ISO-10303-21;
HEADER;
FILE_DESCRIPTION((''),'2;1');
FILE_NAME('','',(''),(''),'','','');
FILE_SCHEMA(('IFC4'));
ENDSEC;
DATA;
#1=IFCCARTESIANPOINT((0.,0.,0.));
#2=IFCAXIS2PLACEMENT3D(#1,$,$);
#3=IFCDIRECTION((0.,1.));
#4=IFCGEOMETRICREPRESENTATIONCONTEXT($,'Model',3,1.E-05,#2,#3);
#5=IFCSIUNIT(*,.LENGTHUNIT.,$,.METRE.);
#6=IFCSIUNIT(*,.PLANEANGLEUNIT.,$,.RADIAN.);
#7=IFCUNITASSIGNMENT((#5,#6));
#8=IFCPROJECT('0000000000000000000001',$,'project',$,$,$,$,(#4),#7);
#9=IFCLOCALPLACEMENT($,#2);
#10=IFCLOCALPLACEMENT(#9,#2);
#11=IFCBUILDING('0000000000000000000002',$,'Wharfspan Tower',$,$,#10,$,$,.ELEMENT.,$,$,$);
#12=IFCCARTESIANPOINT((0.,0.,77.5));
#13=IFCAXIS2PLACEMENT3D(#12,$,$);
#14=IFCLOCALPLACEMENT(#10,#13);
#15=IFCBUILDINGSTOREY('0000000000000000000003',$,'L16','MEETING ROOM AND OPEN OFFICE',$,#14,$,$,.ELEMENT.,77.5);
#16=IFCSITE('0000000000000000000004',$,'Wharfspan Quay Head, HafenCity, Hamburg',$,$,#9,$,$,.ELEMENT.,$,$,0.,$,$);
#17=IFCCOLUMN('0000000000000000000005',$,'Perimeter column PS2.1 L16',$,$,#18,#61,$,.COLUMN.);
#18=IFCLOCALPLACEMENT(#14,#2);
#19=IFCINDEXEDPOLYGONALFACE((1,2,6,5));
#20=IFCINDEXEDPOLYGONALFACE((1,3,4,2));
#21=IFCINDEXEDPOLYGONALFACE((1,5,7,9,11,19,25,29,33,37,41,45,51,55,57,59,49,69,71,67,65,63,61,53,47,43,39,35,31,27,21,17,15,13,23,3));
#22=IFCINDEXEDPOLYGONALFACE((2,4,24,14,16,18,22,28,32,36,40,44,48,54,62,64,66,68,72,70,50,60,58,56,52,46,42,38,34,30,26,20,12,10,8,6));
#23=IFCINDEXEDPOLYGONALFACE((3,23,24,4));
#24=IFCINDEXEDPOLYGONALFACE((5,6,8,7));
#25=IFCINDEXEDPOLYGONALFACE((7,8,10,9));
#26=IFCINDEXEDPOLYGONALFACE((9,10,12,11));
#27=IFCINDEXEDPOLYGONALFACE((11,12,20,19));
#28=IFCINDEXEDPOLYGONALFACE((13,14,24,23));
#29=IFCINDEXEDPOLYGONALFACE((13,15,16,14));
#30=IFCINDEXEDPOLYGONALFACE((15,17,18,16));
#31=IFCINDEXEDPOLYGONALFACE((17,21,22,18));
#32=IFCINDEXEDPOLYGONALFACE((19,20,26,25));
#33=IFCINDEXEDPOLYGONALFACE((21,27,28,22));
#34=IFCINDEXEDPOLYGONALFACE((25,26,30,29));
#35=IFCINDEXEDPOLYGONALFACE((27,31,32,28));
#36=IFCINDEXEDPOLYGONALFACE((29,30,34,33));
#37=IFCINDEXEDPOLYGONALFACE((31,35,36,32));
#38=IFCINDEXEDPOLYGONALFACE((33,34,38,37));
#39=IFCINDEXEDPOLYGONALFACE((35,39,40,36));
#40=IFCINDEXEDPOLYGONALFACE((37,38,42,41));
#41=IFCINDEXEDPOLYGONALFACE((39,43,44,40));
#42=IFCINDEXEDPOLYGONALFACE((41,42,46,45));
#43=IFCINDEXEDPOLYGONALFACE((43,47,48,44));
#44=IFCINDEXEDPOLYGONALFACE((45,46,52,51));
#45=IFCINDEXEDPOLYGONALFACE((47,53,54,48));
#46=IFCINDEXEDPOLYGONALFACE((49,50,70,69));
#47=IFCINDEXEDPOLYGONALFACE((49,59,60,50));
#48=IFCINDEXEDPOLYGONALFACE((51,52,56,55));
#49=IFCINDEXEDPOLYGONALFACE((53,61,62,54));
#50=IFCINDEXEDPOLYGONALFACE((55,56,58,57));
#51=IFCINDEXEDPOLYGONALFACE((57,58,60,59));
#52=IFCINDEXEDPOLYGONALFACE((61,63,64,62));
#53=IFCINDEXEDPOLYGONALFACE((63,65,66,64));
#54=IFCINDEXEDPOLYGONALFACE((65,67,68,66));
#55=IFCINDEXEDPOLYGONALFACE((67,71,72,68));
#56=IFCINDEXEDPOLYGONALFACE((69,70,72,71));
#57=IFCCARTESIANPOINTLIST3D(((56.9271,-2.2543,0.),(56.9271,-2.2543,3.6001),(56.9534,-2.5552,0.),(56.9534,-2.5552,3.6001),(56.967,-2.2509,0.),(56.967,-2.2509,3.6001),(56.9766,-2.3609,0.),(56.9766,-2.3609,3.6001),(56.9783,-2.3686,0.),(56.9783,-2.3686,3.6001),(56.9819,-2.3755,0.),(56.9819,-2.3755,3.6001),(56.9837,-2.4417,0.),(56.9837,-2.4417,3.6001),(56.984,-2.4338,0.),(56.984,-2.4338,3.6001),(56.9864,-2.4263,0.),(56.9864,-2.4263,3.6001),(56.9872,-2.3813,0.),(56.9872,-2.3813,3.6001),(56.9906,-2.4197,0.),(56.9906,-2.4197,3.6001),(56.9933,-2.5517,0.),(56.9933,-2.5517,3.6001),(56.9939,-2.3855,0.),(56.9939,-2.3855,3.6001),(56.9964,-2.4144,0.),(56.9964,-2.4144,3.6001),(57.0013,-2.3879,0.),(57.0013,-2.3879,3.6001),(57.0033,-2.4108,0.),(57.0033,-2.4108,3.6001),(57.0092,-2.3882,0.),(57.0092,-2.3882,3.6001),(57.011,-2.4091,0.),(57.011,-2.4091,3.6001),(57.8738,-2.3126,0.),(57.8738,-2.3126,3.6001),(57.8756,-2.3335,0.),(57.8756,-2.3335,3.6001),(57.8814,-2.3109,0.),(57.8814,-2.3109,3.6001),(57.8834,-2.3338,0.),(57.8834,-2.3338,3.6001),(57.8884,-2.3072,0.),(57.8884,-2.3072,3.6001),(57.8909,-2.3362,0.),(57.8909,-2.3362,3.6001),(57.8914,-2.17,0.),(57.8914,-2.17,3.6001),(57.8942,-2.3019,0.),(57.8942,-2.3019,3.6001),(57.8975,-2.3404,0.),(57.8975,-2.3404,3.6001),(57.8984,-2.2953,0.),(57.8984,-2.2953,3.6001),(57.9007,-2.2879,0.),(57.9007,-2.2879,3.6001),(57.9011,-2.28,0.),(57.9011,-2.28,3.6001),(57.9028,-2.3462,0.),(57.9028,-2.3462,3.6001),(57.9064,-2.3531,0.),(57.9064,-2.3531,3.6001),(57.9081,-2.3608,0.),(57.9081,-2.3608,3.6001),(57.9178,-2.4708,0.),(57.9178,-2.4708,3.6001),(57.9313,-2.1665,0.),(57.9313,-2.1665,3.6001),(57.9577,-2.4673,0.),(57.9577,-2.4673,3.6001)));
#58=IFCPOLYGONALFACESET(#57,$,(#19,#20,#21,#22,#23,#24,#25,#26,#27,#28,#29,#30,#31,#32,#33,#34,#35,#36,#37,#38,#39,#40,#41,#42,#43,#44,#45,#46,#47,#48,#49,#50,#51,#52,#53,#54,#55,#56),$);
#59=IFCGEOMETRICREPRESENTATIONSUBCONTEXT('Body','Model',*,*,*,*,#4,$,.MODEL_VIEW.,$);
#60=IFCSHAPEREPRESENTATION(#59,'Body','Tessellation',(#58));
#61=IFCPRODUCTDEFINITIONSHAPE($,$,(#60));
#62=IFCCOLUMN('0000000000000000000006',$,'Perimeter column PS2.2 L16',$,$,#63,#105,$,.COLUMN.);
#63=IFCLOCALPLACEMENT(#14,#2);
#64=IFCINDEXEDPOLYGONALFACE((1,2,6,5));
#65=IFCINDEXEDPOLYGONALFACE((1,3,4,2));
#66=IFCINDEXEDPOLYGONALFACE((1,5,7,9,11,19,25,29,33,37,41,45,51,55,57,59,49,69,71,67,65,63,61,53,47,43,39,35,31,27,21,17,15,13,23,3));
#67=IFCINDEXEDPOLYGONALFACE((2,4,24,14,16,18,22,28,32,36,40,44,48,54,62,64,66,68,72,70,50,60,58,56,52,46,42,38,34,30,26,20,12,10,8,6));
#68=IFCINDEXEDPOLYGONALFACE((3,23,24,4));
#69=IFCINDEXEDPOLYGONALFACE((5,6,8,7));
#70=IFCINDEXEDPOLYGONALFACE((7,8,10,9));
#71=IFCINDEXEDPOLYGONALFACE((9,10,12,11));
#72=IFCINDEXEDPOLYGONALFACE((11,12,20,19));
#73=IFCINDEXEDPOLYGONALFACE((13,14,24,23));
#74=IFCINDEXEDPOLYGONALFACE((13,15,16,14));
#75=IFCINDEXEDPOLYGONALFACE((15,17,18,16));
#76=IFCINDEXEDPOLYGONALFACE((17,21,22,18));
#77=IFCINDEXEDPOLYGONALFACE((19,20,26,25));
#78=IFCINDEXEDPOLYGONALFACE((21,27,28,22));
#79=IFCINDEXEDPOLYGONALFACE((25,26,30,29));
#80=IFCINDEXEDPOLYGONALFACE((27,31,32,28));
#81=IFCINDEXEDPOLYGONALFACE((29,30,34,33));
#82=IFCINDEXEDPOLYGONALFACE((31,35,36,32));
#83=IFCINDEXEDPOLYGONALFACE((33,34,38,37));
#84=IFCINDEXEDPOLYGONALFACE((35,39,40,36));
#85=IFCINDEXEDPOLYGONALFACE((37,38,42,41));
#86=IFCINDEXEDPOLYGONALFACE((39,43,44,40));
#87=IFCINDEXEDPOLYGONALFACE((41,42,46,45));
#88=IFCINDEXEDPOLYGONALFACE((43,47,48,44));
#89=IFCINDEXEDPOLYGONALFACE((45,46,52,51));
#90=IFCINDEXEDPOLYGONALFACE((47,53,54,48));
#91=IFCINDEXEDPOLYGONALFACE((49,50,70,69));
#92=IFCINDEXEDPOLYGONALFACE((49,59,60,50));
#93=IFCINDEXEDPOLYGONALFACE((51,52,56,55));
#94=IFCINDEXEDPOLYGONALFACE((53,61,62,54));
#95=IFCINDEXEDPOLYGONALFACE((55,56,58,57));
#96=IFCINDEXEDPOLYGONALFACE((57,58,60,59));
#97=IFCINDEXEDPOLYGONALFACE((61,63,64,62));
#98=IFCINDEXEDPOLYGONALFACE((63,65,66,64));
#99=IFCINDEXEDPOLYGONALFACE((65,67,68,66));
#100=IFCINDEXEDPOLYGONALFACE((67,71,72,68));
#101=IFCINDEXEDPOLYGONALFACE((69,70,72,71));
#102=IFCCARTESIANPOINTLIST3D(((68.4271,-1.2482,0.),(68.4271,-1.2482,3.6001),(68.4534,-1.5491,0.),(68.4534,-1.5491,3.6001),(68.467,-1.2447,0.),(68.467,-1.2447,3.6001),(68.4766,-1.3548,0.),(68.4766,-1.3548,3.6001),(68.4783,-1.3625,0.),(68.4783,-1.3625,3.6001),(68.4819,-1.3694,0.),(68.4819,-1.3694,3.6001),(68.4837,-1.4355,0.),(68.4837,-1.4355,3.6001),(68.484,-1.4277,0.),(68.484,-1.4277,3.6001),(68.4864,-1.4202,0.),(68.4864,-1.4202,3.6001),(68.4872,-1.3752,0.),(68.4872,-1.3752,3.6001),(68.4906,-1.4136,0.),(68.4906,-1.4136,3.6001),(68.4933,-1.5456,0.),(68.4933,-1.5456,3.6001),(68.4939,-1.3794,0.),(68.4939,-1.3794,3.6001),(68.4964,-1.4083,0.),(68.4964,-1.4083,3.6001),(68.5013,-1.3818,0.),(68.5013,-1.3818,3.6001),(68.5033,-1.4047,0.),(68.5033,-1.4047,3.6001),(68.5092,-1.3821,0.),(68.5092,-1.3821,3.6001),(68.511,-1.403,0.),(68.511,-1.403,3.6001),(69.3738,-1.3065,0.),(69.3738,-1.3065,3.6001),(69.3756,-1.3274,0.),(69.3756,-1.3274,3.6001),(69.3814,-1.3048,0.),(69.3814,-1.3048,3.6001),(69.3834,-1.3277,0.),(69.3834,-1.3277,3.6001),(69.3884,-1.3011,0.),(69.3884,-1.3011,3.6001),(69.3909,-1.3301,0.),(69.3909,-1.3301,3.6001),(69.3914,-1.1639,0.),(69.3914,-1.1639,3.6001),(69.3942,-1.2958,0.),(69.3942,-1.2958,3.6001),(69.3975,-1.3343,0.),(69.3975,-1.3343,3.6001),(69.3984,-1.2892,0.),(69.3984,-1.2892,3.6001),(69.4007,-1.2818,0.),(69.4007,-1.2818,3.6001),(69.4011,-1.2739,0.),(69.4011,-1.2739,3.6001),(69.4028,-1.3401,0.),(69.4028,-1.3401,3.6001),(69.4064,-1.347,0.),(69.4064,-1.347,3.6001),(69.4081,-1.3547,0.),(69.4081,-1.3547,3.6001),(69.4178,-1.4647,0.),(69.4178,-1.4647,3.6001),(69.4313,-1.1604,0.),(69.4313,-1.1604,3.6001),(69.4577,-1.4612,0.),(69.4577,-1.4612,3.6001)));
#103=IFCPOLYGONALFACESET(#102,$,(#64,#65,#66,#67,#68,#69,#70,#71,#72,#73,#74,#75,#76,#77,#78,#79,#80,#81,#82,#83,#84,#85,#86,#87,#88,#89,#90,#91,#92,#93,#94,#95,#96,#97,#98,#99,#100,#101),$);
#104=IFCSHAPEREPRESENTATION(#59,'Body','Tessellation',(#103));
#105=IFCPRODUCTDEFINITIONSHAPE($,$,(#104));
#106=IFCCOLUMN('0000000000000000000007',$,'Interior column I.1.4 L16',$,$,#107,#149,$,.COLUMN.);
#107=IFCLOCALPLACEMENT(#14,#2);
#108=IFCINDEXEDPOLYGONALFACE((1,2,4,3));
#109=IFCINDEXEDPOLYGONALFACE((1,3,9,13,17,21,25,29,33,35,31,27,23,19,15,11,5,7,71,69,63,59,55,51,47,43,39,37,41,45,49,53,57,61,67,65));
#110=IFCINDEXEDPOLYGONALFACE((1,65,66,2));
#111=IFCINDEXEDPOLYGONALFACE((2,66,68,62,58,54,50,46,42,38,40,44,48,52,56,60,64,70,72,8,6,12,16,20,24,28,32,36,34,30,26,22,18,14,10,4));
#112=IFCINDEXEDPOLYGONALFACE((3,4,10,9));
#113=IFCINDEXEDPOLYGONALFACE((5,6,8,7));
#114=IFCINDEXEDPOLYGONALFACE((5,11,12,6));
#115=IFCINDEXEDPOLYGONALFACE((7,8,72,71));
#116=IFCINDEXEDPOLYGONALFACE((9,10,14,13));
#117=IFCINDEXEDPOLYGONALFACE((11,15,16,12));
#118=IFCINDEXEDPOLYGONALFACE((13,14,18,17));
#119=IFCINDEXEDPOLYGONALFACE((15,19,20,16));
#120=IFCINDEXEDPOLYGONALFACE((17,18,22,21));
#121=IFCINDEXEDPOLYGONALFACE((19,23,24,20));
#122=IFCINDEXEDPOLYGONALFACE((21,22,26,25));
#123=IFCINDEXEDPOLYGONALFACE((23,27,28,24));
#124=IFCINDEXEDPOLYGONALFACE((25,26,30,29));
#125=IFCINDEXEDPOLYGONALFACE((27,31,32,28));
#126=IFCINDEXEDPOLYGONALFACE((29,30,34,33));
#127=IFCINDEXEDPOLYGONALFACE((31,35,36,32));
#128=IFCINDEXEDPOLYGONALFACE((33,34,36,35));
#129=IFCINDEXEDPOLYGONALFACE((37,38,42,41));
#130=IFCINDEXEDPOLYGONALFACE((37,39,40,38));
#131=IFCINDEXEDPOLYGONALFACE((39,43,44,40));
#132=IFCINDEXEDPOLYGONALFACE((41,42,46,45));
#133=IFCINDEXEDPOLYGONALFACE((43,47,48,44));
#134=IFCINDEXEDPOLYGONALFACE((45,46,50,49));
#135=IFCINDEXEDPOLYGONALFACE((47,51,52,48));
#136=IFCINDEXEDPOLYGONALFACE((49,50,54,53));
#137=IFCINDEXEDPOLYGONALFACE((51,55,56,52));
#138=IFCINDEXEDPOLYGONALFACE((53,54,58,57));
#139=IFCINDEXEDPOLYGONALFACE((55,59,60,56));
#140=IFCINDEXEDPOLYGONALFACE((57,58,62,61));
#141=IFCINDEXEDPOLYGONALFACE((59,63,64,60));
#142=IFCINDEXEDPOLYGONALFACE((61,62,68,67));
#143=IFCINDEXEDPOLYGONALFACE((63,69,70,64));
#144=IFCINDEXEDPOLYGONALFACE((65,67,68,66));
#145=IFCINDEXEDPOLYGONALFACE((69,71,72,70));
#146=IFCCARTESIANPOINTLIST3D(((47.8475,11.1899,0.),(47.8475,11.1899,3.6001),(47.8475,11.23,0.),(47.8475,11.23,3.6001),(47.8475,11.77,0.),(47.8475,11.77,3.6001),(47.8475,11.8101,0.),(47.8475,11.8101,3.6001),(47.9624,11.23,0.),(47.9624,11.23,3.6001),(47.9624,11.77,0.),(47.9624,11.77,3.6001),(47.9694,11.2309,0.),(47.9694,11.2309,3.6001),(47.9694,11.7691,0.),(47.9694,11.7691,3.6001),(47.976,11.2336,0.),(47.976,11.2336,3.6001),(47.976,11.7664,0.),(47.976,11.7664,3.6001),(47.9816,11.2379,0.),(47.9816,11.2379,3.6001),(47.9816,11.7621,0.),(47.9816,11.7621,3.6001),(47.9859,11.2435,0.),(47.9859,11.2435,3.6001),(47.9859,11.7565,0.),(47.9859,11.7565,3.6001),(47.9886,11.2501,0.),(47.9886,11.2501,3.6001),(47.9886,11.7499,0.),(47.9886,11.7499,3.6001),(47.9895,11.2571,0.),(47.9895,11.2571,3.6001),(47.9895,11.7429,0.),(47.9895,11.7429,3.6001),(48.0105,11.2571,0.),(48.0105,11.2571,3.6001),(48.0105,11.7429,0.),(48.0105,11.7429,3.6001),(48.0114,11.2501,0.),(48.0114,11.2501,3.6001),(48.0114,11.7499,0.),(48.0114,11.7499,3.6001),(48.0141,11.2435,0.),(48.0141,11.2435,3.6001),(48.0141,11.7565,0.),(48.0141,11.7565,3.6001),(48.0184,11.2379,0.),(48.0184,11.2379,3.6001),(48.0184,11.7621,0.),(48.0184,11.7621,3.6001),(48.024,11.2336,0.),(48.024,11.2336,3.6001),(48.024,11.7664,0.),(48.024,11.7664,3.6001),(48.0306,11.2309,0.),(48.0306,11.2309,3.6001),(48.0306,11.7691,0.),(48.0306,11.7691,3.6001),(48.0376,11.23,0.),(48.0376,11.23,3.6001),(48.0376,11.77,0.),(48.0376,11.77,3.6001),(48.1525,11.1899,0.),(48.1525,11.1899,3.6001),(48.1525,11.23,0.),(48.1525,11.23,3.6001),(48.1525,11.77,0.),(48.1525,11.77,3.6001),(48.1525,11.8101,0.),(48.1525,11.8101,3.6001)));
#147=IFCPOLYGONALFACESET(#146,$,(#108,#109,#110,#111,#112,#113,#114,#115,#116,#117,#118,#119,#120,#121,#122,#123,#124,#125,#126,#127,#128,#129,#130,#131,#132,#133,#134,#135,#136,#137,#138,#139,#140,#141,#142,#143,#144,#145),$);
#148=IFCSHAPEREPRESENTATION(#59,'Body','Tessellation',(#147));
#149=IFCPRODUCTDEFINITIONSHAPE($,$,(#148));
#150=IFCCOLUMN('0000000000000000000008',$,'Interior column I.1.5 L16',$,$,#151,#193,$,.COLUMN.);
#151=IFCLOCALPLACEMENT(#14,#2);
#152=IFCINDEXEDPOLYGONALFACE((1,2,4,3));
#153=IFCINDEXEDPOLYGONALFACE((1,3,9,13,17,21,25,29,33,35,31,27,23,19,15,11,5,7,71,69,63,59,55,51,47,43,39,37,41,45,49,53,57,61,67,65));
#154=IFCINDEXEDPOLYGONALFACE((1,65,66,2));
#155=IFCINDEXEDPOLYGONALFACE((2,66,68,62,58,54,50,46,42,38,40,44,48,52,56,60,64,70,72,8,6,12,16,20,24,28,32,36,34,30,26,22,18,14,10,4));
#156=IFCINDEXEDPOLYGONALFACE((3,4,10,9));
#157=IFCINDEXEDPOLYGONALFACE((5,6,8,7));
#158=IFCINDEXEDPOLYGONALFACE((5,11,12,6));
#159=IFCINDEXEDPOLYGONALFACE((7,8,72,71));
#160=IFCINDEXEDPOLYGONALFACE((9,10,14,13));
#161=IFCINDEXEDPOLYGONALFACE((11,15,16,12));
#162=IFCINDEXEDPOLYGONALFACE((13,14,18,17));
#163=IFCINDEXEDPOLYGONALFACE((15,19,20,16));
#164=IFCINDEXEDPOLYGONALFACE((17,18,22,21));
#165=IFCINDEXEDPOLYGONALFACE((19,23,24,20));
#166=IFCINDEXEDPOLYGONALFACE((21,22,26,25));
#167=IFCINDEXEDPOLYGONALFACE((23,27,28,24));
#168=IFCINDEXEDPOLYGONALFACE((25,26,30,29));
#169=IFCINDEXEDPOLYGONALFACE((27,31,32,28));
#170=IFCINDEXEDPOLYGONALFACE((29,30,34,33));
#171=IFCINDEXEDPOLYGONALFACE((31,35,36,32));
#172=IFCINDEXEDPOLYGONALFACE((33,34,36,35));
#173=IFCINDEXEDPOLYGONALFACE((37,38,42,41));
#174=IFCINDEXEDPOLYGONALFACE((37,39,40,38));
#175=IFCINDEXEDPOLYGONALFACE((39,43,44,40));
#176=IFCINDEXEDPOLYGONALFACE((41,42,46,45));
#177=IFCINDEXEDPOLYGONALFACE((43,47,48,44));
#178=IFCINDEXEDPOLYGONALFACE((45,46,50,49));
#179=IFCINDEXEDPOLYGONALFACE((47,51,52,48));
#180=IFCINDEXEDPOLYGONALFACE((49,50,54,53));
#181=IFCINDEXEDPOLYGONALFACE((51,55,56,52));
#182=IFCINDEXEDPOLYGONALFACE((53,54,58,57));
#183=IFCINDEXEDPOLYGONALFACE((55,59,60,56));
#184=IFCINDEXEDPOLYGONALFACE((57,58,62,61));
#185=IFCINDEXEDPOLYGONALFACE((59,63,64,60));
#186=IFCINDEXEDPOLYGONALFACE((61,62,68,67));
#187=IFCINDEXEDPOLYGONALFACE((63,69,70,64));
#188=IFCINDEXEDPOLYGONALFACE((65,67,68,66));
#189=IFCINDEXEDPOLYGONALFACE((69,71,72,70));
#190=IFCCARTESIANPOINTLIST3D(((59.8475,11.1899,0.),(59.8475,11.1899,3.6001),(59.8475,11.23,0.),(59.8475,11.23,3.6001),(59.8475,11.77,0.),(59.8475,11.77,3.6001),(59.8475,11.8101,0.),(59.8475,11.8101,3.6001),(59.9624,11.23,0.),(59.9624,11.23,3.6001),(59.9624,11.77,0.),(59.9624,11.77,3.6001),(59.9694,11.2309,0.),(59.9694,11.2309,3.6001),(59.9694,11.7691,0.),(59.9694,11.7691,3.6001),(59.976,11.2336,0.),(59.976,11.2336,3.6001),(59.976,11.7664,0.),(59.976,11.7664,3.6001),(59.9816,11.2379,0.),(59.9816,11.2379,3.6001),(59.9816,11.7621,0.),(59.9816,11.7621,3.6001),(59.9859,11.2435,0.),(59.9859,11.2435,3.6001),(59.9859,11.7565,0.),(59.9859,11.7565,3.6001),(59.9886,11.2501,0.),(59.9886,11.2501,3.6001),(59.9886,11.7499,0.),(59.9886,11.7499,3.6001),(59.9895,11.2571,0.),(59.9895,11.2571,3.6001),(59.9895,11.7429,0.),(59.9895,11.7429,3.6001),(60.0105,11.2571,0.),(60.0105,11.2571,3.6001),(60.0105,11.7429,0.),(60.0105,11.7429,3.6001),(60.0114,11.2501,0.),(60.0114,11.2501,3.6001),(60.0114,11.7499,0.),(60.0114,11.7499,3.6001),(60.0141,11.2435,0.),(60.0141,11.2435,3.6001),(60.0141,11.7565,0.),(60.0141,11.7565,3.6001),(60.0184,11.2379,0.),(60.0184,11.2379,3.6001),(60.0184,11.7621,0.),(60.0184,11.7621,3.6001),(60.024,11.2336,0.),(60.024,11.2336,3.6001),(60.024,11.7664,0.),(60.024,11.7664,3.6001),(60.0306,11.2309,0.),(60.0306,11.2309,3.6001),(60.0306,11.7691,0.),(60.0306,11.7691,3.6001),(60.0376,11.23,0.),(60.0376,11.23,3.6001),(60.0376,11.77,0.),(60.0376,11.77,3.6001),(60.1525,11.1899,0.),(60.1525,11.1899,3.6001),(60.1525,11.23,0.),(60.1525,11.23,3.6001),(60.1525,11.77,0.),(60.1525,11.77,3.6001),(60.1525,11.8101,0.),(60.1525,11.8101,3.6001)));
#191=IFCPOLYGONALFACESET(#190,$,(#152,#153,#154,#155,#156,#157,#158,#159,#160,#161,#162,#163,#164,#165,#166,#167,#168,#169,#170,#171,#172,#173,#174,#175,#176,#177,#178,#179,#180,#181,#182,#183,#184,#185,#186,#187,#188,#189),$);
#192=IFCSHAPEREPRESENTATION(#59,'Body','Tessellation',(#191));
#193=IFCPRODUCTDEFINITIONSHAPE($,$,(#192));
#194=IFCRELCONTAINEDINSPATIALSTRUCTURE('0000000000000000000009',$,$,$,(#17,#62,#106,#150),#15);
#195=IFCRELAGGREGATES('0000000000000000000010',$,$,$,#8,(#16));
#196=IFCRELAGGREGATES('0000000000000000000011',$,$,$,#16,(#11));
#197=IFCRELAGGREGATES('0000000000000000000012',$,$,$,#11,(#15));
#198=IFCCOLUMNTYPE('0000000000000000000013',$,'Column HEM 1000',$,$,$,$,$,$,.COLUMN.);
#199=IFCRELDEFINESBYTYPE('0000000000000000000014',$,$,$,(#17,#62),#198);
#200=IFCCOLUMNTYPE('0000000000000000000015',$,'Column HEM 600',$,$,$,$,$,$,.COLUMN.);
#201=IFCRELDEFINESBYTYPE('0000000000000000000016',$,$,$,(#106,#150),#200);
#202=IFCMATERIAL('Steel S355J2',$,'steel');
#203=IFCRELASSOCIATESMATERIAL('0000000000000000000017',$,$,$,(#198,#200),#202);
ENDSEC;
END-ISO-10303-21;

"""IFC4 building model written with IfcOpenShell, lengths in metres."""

from ifc_helpers import new_model, si_unit, direction, frame, origin, origin_2d, place, context, subcontext, project, spatial, i_section, extrude, material, material_profile, profile_set, type_object, element, save


model = new_model("IFC4")

# Units and contexts
model_context = context("Model", 3, precision=1e-05, world=origin(), true_north=direction((0.0, 1.0)))
body_context = subcontext(model_context, "Body", "Model", "MODEL_VIEW")
ifc_project = project(units=[si_unit("LENGTHUNIT", "METRE"), si_unit("PLANEANGLEUNIT", "RADIAN")], contexts=[model_context])

# Site, building, storey
site_placement = place(None, origin())
site = spatial("IfcSite", under=ifc_project, at=site_placement, Name="Wharfspan Quay Head, HafenCity, Hamburg", CompositionType="ELEMENT", RefElevation=0.0)
building_placement = place(site_placement, origin())
building = spatial("IfcBuilding", under=site, at=building_placement, Name="Wharfspan Tower", CompositionType="ELEMENT")
storey_placement = place(building_placement, frame((0.0, 0.0, 77.5)))
storey = spatial("IfcBuildingStorey", under=building, at=storey_placement, Name="L16", Description="MEETING ROOM AND OPEN OFFICE", CompositionType="ELEMENT", Elevation=77.5)

# Columns
ifc_material_1 = material(Name="Steel S355J2", Category="steel")
ifc_material_profile_1 = material_profile(ifc_material_1, i_section(OverallWidth=0.302, OverallDepth=1.0081, WebThickness=0.021, FlangeThickness=0.04, FilletRadius=0.03, at=origin_2d()))
ifc_profile_set_1 = profile_set([ifc_material_profile_1], Name="Steel S355J2")
column_type_1 = type_object("IfcColumnType", Name="Column HEM 1000", PredefinedType="COLUMN", material=ifc_profile_set_1)
for number, where, z_axis, x_axis, name in (
    (1, (57.4424, -2.3608, 0.0), (0.0, 0.0, 1.0), (0.087156, -0.996198, 0.0), "Perimeter column PS2.1 L16"),
    (2, (68.9424, -1.3547, 0.0), (0.0, 0.0, 1.0), (0.087156, -0.996198, 0.0), "Perimeter column PS2.2 L16"),
):
    element("IfcColumn", number, at=place(storey_placement, frame(where, z_axis=z_axis, x_axis=x_axis)), inside=storey, type_object=column_type_1, Name=name, PredefinedType="COLUMN", context=body_context, shape_type="SweptSolid", body=[
        extrude(i_section(OverallWidth=0.302, OverallDepth=1.0081, WebThickness=0.021, FlangeThickness=0.04, FilletRadius=0.03, at=origin_2d()), origin(), (0.0, 0.0, 1.0), 3.6001),
    ])
ifc_material_profile_2 = material_profile(ifc_material_1, i_section(OverallWidth=0.3049, OverallDepth=0.6201, WebThickness=0.021, FlangeThickness=0.04, FilletRadius=0.0271, at=origin_2d()))
ifc_profile_set_2 = profile_set([ifc_material_profile_2], Name="Steel S355J2")
column_type_2 = type_object("IfcColumnType", Name="Column HEM 600", PredefinedType="COLUMN", material=ifc_profile_set_2)
for number, where, z_axis, x_axis, name in (
    (3, (48.0, 11.5, 0.0), (0.0, 0.0, 1.0), (1.0, 0.0, 0.0), "Interior column I.1.4 L16"),
    (4, (60.0, 11.5, 0.0), (0.0, 0.0, 1.0), (1.0, 0.0, 0.0), "Interior column I.1.5 L16"),
):
    element("IfcColumn", number, at=place(storey_placement, frame(where, z_axis=z_axis, x_axis=x_axis)), inside=storey, type_object=column_type_2, Name=name, PredefinedType="COLUMN", context=body_context, shape_type="SweptSolid", body=[
        extrude(i_section(OverallWidth=0.3049, OverallDepth=0.6201, WebThickness=0.021, FlangeThickness=0.04, FilletRadius=0.0271, at=origin_2d()), origin(), (0.0, 0.0, 1.0), 3.6001),
    ])

save(model, "model.ifc")
